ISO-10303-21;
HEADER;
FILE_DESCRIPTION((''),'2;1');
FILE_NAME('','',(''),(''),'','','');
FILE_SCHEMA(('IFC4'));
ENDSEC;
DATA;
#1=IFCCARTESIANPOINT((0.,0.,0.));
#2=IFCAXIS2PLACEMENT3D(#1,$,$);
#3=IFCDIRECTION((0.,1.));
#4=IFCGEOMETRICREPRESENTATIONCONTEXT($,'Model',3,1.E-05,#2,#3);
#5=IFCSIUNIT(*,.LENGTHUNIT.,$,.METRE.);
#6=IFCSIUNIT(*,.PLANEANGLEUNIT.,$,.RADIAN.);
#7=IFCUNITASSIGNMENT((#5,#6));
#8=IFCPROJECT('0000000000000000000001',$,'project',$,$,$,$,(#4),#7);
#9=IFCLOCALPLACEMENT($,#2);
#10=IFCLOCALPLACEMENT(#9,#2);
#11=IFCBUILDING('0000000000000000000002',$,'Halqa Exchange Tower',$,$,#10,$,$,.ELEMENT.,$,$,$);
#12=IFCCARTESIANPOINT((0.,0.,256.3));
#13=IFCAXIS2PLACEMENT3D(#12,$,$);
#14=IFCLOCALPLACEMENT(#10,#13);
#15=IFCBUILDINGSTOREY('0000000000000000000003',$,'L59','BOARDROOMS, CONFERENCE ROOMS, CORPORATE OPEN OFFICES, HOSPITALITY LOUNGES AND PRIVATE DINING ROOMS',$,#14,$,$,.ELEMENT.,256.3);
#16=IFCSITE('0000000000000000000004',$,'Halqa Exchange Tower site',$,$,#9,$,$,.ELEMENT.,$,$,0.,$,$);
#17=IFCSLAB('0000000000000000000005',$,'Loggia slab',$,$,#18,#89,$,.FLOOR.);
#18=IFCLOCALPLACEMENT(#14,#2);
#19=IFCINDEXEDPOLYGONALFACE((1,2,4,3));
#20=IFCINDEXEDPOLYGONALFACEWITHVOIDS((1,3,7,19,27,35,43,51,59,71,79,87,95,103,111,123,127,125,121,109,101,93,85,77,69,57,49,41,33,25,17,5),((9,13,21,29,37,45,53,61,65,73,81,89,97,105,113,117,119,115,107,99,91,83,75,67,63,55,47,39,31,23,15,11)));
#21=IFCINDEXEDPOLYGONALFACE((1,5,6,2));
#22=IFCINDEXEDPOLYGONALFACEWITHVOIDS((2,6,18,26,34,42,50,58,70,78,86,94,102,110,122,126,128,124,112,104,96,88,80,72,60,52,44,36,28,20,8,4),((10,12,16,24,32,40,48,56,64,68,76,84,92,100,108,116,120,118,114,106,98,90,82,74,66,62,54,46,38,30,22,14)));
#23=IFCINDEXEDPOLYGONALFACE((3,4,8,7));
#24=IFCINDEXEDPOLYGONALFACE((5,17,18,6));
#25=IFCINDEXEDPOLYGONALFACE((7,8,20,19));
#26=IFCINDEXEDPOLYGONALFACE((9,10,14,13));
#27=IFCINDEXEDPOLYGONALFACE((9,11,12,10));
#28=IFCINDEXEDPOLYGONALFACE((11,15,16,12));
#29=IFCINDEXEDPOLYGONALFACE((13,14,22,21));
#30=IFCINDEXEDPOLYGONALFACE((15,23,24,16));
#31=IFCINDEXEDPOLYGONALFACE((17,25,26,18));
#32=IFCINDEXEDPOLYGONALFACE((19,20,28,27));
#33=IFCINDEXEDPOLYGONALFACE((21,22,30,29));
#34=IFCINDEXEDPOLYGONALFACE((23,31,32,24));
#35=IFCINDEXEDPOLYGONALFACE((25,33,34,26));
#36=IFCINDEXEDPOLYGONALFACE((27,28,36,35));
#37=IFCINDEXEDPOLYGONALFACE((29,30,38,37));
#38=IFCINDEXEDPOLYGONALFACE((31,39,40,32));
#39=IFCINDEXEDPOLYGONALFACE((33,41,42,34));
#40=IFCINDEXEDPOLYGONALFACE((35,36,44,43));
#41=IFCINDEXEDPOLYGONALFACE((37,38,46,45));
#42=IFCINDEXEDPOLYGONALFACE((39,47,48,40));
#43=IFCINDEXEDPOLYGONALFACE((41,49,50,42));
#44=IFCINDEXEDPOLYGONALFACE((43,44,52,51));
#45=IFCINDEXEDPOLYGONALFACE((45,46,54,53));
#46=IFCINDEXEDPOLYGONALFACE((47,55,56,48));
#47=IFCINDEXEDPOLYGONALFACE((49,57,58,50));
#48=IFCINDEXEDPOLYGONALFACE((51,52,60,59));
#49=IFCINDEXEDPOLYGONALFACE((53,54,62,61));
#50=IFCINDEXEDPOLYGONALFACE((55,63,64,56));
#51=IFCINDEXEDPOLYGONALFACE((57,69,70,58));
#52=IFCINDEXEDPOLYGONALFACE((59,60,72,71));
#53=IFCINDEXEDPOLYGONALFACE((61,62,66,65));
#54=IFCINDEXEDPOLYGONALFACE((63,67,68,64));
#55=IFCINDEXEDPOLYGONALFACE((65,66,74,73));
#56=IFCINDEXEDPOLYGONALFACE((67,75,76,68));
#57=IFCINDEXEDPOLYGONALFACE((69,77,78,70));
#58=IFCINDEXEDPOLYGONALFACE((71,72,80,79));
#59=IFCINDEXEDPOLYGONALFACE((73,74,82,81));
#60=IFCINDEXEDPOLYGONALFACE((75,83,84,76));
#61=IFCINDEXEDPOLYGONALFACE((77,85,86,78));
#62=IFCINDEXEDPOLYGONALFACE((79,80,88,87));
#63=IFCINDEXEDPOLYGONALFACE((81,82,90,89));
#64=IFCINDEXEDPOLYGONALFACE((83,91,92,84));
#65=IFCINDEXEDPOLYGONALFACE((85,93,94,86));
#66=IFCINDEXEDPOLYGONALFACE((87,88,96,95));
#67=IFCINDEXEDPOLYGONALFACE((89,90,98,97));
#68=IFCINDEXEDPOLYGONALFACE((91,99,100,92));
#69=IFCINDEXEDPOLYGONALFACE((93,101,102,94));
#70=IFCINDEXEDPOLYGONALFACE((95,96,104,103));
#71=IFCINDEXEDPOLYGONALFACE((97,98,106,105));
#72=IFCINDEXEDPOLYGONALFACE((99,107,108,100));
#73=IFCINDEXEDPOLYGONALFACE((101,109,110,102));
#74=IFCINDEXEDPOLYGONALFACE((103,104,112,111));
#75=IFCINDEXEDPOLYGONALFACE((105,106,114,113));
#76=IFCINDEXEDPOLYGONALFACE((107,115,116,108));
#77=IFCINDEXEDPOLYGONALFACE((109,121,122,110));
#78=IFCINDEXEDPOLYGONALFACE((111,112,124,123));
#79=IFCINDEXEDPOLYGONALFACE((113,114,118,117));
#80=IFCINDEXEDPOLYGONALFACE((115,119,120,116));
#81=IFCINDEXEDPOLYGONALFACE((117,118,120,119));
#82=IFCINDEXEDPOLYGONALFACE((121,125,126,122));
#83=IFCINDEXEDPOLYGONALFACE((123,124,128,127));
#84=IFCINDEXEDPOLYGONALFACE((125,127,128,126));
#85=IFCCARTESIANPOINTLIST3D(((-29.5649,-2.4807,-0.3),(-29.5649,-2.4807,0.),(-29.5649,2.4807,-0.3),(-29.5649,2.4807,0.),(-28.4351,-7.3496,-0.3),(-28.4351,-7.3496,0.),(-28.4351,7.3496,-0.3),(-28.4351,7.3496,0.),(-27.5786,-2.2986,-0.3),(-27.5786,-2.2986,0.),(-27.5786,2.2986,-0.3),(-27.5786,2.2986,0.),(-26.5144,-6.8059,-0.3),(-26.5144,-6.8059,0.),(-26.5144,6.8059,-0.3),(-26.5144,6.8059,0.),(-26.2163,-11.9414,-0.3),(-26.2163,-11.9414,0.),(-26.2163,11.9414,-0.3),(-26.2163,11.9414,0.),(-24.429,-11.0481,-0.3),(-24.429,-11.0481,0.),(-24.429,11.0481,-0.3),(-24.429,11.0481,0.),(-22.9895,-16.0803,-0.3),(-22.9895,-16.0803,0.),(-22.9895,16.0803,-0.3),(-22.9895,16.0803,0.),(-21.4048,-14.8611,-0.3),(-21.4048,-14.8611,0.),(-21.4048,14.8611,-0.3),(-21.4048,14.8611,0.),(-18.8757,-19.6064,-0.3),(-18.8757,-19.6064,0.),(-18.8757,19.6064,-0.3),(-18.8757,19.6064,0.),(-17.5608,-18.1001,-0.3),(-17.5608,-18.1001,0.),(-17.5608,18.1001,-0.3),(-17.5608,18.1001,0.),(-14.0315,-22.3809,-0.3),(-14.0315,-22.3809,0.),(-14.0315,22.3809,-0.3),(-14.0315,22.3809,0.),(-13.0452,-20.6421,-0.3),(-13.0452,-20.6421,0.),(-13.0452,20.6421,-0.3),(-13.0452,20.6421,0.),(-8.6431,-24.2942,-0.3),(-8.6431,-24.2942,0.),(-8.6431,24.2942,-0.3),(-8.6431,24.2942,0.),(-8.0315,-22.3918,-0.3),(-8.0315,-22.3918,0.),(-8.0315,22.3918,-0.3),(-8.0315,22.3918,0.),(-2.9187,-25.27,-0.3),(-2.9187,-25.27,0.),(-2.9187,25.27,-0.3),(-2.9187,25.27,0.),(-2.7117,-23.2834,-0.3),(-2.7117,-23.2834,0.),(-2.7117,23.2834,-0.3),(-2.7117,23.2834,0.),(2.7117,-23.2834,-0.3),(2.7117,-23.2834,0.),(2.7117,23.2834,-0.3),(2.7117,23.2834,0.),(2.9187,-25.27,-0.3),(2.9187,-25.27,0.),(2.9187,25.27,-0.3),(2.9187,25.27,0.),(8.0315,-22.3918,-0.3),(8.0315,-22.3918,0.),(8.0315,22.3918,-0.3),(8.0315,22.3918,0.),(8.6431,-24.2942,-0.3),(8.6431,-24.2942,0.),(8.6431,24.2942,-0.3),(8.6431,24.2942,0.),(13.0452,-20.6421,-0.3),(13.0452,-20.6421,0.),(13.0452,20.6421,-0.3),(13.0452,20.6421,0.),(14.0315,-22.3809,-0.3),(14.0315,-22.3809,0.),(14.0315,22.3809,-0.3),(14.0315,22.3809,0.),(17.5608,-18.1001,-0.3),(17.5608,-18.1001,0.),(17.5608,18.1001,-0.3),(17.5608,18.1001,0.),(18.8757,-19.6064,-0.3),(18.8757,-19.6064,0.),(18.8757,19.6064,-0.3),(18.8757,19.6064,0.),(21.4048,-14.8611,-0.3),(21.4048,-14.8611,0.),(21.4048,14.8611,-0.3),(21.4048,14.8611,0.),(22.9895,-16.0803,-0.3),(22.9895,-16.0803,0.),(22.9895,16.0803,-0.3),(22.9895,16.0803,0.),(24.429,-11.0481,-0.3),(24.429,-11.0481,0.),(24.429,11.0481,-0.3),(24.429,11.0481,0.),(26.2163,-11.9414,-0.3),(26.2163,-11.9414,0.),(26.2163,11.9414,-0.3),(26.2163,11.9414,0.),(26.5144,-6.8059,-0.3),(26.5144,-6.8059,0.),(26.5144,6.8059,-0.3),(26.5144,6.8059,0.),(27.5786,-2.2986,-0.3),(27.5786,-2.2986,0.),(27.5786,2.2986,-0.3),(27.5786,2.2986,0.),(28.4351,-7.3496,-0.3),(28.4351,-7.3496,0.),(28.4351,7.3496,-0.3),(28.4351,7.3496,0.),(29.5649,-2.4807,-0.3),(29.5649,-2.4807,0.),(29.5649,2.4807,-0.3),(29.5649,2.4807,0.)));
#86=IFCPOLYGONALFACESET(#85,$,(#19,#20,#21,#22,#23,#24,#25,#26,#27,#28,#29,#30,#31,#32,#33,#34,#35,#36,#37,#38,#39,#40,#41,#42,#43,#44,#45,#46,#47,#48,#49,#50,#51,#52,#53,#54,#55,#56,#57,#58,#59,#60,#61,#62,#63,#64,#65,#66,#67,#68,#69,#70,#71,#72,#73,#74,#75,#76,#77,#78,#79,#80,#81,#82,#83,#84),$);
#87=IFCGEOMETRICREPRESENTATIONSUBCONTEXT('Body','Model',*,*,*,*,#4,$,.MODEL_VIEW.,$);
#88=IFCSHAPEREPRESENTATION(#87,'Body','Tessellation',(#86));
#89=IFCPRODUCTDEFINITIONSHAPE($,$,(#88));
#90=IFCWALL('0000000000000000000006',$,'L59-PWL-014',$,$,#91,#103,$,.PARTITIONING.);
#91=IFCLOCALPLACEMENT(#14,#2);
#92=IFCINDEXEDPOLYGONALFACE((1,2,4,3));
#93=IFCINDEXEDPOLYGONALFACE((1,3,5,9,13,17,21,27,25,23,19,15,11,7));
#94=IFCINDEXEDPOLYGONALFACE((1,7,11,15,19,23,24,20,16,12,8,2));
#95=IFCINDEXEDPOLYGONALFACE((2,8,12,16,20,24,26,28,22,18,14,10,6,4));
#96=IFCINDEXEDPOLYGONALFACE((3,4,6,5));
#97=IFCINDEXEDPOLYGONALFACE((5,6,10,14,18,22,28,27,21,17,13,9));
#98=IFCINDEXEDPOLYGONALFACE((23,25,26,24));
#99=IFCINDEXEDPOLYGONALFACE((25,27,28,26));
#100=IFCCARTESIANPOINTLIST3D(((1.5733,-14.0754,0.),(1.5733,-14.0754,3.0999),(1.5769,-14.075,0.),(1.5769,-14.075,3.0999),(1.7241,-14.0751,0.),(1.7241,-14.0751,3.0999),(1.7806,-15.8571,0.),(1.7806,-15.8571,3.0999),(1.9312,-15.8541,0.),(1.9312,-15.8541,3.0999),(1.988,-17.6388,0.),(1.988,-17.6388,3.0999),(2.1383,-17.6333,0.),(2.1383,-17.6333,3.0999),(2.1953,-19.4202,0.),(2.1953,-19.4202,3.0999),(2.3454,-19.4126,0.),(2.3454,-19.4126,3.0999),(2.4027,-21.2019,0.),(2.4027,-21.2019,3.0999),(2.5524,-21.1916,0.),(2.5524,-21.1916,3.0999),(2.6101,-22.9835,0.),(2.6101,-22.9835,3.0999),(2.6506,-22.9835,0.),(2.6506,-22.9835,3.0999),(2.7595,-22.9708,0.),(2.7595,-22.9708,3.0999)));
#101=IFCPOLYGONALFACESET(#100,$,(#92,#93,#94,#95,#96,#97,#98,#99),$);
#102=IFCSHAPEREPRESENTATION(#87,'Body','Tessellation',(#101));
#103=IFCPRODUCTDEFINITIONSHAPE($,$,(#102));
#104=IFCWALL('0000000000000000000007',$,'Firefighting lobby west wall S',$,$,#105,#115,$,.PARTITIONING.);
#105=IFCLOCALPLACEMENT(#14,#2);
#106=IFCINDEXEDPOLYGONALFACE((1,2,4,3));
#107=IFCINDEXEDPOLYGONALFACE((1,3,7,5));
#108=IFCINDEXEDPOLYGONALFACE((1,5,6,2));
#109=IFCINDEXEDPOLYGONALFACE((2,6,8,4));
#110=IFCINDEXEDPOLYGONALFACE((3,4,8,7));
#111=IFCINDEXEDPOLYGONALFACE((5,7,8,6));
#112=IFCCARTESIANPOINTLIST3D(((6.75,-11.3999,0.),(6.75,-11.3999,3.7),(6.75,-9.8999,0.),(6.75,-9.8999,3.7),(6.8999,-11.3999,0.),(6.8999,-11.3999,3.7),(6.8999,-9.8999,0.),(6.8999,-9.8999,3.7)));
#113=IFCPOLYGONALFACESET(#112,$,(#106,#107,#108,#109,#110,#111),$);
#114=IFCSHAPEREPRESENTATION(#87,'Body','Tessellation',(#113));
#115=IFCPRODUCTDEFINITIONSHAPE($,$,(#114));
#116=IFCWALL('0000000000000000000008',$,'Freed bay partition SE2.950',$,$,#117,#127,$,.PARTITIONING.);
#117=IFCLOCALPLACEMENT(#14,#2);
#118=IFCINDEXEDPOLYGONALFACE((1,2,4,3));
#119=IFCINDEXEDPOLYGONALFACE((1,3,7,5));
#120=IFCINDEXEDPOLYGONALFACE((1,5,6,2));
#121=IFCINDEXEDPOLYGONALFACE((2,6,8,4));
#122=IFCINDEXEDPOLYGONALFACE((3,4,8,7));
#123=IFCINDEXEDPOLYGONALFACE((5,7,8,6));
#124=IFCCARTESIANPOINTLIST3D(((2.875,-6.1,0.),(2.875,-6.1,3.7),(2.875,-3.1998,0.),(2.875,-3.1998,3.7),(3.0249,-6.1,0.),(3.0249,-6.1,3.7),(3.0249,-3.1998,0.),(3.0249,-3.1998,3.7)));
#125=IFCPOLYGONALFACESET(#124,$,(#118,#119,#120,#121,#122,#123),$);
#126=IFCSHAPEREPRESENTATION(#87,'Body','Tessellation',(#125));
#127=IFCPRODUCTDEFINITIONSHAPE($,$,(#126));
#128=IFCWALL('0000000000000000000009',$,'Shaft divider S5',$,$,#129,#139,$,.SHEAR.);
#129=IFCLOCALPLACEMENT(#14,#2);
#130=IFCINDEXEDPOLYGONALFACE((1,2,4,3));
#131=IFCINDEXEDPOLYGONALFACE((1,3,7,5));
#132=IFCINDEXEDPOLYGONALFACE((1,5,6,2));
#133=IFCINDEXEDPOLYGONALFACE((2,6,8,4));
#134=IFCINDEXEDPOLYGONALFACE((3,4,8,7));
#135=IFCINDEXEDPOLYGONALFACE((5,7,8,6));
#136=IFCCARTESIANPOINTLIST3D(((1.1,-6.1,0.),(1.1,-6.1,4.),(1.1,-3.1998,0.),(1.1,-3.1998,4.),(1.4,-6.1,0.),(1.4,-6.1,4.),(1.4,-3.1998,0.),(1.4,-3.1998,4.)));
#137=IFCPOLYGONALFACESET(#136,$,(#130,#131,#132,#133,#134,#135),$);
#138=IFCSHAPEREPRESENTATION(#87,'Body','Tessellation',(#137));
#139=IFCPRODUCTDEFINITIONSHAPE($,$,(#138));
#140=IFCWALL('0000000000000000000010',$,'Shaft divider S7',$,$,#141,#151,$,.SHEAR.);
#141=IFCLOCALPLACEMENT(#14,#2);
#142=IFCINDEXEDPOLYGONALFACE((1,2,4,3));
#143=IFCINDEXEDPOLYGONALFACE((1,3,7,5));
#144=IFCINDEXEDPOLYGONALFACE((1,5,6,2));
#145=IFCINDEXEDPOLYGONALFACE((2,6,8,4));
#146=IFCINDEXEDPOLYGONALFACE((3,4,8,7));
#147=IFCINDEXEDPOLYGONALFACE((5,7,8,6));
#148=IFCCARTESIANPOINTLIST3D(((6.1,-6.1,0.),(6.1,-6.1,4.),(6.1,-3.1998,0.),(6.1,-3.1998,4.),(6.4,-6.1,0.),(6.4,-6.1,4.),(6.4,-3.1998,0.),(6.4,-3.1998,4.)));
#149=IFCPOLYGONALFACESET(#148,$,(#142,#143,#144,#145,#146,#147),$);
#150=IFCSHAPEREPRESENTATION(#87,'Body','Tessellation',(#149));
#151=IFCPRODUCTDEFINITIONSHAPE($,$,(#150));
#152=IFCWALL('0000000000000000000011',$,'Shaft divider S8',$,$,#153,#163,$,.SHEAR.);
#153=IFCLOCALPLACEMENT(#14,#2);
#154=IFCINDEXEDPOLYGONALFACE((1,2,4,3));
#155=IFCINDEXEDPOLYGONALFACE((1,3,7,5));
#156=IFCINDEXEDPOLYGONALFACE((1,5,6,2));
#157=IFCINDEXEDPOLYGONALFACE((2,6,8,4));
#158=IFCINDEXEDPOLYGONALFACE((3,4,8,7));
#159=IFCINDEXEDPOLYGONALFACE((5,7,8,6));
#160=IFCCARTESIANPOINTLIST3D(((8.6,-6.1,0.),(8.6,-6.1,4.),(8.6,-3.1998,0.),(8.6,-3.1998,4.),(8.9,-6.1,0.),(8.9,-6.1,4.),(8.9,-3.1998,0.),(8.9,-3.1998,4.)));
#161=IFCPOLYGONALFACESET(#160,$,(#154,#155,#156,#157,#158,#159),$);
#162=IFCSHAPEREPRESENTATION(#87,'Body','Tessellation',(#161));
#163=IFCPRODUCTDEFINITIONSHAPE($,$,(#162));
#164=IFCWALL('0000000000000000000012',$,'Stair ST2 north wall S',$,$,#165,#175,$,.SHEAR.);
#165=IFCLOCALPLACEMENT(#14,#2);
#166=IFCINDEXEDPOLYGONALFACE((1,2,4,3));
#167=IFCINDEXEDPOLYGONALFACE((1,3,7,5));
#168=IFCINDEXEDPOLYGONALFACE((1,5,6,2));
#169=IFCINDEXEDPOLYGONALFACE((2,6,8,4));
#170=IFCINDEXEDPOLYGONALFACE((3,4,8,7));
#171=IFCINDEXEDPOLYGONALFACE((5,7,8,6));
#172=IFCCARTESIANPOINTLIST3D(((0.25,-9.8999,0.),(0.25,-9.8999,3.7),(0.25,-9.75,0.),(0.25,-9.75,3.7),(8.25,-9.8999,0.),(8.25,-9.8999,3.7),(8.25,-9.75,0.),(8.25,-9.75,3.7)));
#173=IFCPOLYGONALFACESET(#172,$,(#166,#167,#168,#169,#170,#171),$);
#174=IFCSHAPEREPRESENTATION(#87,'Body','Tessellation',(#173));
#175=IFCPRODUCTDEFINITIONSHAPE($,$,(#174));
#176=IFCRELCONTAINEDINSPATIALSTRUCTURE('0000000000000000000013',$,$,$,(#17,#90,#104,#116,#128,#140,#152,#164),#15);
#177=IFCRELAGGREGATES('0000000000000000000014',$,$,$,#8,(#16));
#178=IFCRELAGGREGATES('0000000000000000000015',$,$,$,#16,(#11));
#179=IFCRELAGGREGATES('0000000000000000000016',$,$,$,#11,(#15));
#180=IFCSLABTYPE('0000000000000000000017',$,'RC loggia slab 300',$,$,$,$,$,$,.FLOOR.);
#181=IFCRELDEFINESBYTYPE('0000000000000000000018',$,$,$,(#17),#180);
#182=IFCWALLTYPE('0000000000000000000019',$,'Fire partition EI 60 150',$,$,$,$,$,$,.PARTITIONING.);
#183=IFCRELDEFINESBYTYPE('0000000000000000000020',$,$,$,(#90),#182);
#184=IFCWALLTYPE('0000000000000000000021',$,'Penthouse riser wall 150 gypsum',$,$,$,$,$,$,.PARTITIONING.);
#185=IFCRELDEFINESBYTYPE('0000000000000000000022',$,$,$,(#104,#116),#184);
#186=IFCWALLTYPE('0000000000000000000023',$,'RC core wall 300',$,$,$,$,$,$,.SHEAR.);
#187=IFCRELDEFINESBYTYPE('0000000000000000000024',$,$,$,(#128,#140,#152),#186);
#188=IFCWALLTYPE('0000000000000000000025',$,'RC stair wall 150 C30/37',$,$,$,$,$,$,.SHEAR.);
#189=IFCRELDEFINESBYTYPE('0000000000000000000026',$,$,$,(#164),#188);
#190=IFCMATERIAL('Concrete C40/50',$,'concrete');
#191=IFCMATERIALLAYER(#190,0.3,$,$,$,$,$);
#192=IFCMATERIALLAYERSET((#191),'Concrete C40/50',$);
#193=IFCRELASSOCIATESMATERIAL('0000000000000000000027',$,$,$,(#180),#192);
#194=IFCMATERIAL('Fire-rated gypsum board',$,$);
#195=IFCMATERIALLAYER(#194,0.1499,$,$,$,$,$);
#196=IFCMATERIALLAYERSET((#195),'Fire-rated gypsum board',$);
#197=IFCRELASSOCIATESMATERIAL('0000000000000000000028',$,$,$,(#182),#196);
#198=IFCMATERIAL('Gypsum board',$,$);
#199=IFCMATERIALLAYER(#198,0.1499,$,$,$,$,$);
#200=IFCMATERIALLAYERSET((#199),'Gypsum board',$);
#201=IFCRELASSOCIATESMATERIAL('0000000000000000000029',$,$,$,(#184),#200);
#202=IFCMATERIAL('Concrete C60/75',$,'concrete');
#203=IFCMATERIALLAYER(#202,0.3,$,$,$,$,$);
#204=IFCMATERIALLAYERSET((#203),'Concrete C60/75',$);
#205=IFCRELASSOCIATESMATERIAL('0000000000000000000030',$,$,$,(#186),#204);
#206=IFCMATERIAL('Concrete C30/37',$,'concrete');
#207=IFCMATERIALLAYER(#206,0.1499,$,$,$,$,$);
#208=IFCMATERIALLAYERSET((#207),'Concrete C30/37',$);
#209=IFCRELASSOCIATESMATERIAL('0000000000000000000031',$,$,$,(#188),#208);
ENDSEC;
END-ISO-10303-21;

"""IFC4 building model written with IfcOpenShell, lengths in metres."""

from ifc_helpers import new_model, si_unit, direction, frame, frame_2d, origin, place, context, subcontext, project, spatial, polyline, rectangle, outline, extrude, material, layer, layer_set, type_object, element, save


model = new_model("IFC4")

# Units and contexts
model_context = context("Model", 3, precision=1e-05, world=origin(), true_north=direction((0.0, 1.0)))
body_context = subcontext(model_context, "Body", "Model", "MODEL_VIEW")
ifc_project = project(units=[si_unit("LENGTHUNIT", "METRE"), si_unit("PLANEANGLEUNIT", "RADIAN")], contexts=[model_context])

# Site, building, storey
site_placement = place(None, origin())
site = spatial("IfcSite", under=ifc_project, at=site_placement, Name="Halqa Exchange Tower site", CompositionType="ELEMENT", RefElevation=0.0)
building_placement = place(site_placement, origin())
building = spatial("IfcBuilding", under=site, at=building_placement, Name="Halqa Exchange Tower", CompositionType="ELEMENT")
storey_placement = place(building_placement, frame((0.0, 0.0, 256.3)))
storey = spatial("IfcBuildingStorey", under=building, at=storey_placement, Name="L59", Description="BOARDROOMS, CONFERENCE ROOMS, CORPORATE OPEN OFFICES, HOSPITALITY LOUNGES AND PRIVATE DINING ROOMS", CompositionType="ELEMENT", Elevation=256.3)

# Shared definitions
ifc_material_1 = material(Name="Concrete C60/75", Category="concrete")

# Slab
ifc_material_2 = material(Name="Concrete C40/50", Category="concrete")
ifc_layer_1 = layer(ifc_material_2, 0.3)
ifc_layer_set_1 = layer_set([ifc_layer_1], Name="Concrete C40/50")
slab_type_1 = type_object("IfcSlabType", Name="RC loggia slab 300", PredefinedType="FLOOR", material=ifc_layer_set_1)
slab_1_placement = place(storey_placement, frame((0.0, 0.0, -0.3)))
element("IfcSlab", 1, at=slab_1_placement, inside=storey, type_object=slab_type_1, Name="Loggia slab", PredefinedType="FLOOR", context=body_context, shape_type="SweptSolid", body=[
    extrude(outline(polyline([(29.5649, 2.4807), (29.5649, -2.4807), (28.4351, -7.3496), (26.2163, -11.9414), (22.9895, -16.0803), (18.8757, -19.6064), (14.0315, -22.3809), (8.6431, -24.2942), (2.9187, -25.27), (-2.9187, -25.27), (-8.6431, -24.2942), (-14.0315, -22.3809), (-18.8757, -19.6064), (-22.9895, -16.0803), (-26.2163, -11.9414), (-28.4351, -7.3496), (-29.5649, -2.4807), (-29.5649, 2.4807), (-28.4351, 7.3496), (-26.2163, 11.9414), (-22.9895, 16.0803), (-18.8757, 19.6064), (-14.0315, 22.3809), (-8.6431, 24.2942), (-2.9187, 25.27), (2.9187, 25.27), (8.6431, 24.2942), (14.0315, 22.3809), (18.8757, 19.6064), (22.9895, 16.0803), (26.2163, 11.9414), (28.4351, 7.3496), (29.5649, 2.4807)]), holes=[polyline([(27.5786, 2.2986), (26.5144, 6.8059), (24.429, 11.0481), (21.4048, 14.8611), (17.5608, 18.1001), (13.0452, 20.6421), (8.0315, 22.3918), (2.7117, 23.2834), (-2.7117, 23.2834), (-8.0315, 22.3918), (-13.0452, 20.6421), (-17.5608, 18.1001), (-21.4048, 14.8611), (-24.429, 11.0481), (-26.5144, 6.8059), (-27.5786, 2.2986), (-27.5786, -2.2986), (-26.5144, -6.8059), (-24.429, -11.0481), (-21.4048, -14.8611), (-17.5608, -18.1001), (-13.0452, -20.6421), (-8.0315, -22.3918), (-2.7117, -23.2834), (2.7117, -23.2834), (8.0315, -22.3918), (13.0452, -20.6421), (17.5608, -18.1001), (21.4048, -14.8611), (24.429, -11.0481), (26.5144, -6.8059), (27.5786, -2.2986), (27.5786, 2.2986)])]), origin(), (0.0, 0.0, 1.0), 0.3),
])

# Walls
ifc_material_3 = material(Name="Fire-rated gypsum board")
ifc_layer_2 = layer(ifc_material_3, 0.1499)
ifc_layer_set_2 = layer_set([ifc_layer_2], Name="Fire-rated gypsum board")
wall_type_1 = type_object("IfcWallType", Name="Fire partition EI 60 150", PredefinedType="PARTITIONING", material=ifc_layer_set_2)
wall_1_placement = place(storey_placement, frame((2.6851, -22.9795, 0.0), z_axis=(0.0, 0.0, 1.0), x_axis=(-0.115608, 0.993295, 0.0)))
element("IfcWall", 2, at=wall_1_placement, inside=storey, type_object=wall_type_1, Name="L59-PWL-014", PredefinedType="PARTITIONING", context=body_context, shape_type="SweptSolid", body=[
    extrude(outline(polyline([(0.0, -0.075), (1.7913, -0.075), (3.5823, -0.075), (5.3735, -0.075), (7.1648, -0.075), (8.9558, -0.075), (8.9729, 0.0713), (8.9729, 0.075), (7.1792, 0.075), (5.3855, 0.075), (3.592, 0.075), (1.7983, 0.075), (0.0046, 0.075), (0.0, 0.0347), (0.0, -0.075)])), origin(), (0.0, 0.0, 1.0), 3.0999),
])
ifc_material_4 = material(Name="Gypsum board")
ifc_layer_3 = layer(ifc_material_4, 0.1499)
ifc_layer_set_3 = layer_set([ifc_layer_3], Name="Gypsum board")
wall_type_2 = type_object("IfcWallType", Name="Penthouse riser wall 150 gypsum", PredefinedType="PARTITIONING", material=ifc_layer_set_3)
wall_2_placement = place(storey_placement, frame((6.825, -11.3999, 0.0), z_axis=(0.0, 0.0, 1.0), x_axis=(0.0, 1.0, 0.0)))
element("IfcWall", 3, at=wall_2_placement, inside=storey, type_object=wall_type_2, Name="Firefighting lobby west wall S", PredefinedType="PARTITIONING", context=body_context, shape_type="SweptSolid", body=[
    extrude(rectangle(XDim=1.5, YDim=0.1499, at=frame_2d((0.75, 0.0))), origin(), (0.0, 0.0, 1.0), 3.7),
])
wall_3_placement = place(storey_placement, frame((2.95, -6.1001, 0.0), z_axis=(0.0, 0.0, 1.0), x_axis=(0.0, 1.0, 0.0)))
element("IfcWall", 4, at=wall_3_placement, inside=storey, type_object=wall_type_2, Name="Freed bay partition SE2.950", PredefinedType="PARTITIONING", context=body_context, shape_type="SweptSolid", body=[
    extrude(rectangle(XDim=2.9001, YDim=0.1499, at=frame_2d((1.4502, 0.0))), origin(), (0.0, 0.0, 1.0), 3.7),
])
ifc_layer_4 = layer(ifc_material_1, 0.3)
ifc_layer_set_4 = layer_set([ifc_layer_4], Name="Concrete C60/75")
wall_type_3 = type_object("IfcWallType", Name="RC core wall 300", PredefinedType="SHEAR", material=ifc_layer_set_4)
for number, where, z_axis, x_axis, name in (
    (5, (1.25, -6.1001, 0.0), (0.0, 0.0, 1.0), (0.0, 1.0, 0.0), "Shaft divider S5"),
    (6, (6.25, -6.1001, 0.0), (0.0, 0.0, 1.0), (0.0, 1.0, 0.0), "Shaft divider S7"),
    (7, (8.75, -6.1001, 0.0), (0.0, 0.0, 1.0), (0.0, 1.0, 0.0), "Shaft divider S8"),
):
    element("IfcWall", number, at=place(storey_placement, frame(where, z_axis=z_axis, x_axis=x_axis)), inside=storey, type_object=wall_type_3, Name=name, PredefinedType="SHEAR", context=body_context, shape_type="SweptSolid", body=[
        extrude(rectangle(XDim=2.9001, YDim=0.3, at=frame_2d((1.4502, 0.0))), origin(), (0.0, 0.0, 1.0), 4.0),
    ])
ifc_material_5 = material(Name="Concrete C30/37", Category="concrete")
ifc_layer_5 = layer(ifc_material_5, 0.1499)
ifc_layer_set_5 = layer_set([ifc_layer_5], Name="Concrete C30/37")
wall_type_4 = type_object("IfcWallType", Name="RC stair wall 150 C30/37", PredefinedType="SHEAR", material=ifc_layer_set_5)
wall_4_placement = place(storey_placement, frame((0.25, -9.825, 0.0), z_axis=(0.0, 0.0, 1.0), x_axis=(1.0, 0.0, 0.0)))
element("IfcWall", 8, at=wall_4_placement, inside=storey, type_object=wall_type_4, Name="Stair ST2 north wall S", PredefinedType="SHEAR", context=body_context, shape_type="SweptSolid", body=[
    extrude(rectangle(XDim=8.0, YDim=0.1499, at=frame_2d((4.0, 0.0))), origin(), (0.0, 0.0, 1.0), 3.7),
])

save(model, "model.ifc")
